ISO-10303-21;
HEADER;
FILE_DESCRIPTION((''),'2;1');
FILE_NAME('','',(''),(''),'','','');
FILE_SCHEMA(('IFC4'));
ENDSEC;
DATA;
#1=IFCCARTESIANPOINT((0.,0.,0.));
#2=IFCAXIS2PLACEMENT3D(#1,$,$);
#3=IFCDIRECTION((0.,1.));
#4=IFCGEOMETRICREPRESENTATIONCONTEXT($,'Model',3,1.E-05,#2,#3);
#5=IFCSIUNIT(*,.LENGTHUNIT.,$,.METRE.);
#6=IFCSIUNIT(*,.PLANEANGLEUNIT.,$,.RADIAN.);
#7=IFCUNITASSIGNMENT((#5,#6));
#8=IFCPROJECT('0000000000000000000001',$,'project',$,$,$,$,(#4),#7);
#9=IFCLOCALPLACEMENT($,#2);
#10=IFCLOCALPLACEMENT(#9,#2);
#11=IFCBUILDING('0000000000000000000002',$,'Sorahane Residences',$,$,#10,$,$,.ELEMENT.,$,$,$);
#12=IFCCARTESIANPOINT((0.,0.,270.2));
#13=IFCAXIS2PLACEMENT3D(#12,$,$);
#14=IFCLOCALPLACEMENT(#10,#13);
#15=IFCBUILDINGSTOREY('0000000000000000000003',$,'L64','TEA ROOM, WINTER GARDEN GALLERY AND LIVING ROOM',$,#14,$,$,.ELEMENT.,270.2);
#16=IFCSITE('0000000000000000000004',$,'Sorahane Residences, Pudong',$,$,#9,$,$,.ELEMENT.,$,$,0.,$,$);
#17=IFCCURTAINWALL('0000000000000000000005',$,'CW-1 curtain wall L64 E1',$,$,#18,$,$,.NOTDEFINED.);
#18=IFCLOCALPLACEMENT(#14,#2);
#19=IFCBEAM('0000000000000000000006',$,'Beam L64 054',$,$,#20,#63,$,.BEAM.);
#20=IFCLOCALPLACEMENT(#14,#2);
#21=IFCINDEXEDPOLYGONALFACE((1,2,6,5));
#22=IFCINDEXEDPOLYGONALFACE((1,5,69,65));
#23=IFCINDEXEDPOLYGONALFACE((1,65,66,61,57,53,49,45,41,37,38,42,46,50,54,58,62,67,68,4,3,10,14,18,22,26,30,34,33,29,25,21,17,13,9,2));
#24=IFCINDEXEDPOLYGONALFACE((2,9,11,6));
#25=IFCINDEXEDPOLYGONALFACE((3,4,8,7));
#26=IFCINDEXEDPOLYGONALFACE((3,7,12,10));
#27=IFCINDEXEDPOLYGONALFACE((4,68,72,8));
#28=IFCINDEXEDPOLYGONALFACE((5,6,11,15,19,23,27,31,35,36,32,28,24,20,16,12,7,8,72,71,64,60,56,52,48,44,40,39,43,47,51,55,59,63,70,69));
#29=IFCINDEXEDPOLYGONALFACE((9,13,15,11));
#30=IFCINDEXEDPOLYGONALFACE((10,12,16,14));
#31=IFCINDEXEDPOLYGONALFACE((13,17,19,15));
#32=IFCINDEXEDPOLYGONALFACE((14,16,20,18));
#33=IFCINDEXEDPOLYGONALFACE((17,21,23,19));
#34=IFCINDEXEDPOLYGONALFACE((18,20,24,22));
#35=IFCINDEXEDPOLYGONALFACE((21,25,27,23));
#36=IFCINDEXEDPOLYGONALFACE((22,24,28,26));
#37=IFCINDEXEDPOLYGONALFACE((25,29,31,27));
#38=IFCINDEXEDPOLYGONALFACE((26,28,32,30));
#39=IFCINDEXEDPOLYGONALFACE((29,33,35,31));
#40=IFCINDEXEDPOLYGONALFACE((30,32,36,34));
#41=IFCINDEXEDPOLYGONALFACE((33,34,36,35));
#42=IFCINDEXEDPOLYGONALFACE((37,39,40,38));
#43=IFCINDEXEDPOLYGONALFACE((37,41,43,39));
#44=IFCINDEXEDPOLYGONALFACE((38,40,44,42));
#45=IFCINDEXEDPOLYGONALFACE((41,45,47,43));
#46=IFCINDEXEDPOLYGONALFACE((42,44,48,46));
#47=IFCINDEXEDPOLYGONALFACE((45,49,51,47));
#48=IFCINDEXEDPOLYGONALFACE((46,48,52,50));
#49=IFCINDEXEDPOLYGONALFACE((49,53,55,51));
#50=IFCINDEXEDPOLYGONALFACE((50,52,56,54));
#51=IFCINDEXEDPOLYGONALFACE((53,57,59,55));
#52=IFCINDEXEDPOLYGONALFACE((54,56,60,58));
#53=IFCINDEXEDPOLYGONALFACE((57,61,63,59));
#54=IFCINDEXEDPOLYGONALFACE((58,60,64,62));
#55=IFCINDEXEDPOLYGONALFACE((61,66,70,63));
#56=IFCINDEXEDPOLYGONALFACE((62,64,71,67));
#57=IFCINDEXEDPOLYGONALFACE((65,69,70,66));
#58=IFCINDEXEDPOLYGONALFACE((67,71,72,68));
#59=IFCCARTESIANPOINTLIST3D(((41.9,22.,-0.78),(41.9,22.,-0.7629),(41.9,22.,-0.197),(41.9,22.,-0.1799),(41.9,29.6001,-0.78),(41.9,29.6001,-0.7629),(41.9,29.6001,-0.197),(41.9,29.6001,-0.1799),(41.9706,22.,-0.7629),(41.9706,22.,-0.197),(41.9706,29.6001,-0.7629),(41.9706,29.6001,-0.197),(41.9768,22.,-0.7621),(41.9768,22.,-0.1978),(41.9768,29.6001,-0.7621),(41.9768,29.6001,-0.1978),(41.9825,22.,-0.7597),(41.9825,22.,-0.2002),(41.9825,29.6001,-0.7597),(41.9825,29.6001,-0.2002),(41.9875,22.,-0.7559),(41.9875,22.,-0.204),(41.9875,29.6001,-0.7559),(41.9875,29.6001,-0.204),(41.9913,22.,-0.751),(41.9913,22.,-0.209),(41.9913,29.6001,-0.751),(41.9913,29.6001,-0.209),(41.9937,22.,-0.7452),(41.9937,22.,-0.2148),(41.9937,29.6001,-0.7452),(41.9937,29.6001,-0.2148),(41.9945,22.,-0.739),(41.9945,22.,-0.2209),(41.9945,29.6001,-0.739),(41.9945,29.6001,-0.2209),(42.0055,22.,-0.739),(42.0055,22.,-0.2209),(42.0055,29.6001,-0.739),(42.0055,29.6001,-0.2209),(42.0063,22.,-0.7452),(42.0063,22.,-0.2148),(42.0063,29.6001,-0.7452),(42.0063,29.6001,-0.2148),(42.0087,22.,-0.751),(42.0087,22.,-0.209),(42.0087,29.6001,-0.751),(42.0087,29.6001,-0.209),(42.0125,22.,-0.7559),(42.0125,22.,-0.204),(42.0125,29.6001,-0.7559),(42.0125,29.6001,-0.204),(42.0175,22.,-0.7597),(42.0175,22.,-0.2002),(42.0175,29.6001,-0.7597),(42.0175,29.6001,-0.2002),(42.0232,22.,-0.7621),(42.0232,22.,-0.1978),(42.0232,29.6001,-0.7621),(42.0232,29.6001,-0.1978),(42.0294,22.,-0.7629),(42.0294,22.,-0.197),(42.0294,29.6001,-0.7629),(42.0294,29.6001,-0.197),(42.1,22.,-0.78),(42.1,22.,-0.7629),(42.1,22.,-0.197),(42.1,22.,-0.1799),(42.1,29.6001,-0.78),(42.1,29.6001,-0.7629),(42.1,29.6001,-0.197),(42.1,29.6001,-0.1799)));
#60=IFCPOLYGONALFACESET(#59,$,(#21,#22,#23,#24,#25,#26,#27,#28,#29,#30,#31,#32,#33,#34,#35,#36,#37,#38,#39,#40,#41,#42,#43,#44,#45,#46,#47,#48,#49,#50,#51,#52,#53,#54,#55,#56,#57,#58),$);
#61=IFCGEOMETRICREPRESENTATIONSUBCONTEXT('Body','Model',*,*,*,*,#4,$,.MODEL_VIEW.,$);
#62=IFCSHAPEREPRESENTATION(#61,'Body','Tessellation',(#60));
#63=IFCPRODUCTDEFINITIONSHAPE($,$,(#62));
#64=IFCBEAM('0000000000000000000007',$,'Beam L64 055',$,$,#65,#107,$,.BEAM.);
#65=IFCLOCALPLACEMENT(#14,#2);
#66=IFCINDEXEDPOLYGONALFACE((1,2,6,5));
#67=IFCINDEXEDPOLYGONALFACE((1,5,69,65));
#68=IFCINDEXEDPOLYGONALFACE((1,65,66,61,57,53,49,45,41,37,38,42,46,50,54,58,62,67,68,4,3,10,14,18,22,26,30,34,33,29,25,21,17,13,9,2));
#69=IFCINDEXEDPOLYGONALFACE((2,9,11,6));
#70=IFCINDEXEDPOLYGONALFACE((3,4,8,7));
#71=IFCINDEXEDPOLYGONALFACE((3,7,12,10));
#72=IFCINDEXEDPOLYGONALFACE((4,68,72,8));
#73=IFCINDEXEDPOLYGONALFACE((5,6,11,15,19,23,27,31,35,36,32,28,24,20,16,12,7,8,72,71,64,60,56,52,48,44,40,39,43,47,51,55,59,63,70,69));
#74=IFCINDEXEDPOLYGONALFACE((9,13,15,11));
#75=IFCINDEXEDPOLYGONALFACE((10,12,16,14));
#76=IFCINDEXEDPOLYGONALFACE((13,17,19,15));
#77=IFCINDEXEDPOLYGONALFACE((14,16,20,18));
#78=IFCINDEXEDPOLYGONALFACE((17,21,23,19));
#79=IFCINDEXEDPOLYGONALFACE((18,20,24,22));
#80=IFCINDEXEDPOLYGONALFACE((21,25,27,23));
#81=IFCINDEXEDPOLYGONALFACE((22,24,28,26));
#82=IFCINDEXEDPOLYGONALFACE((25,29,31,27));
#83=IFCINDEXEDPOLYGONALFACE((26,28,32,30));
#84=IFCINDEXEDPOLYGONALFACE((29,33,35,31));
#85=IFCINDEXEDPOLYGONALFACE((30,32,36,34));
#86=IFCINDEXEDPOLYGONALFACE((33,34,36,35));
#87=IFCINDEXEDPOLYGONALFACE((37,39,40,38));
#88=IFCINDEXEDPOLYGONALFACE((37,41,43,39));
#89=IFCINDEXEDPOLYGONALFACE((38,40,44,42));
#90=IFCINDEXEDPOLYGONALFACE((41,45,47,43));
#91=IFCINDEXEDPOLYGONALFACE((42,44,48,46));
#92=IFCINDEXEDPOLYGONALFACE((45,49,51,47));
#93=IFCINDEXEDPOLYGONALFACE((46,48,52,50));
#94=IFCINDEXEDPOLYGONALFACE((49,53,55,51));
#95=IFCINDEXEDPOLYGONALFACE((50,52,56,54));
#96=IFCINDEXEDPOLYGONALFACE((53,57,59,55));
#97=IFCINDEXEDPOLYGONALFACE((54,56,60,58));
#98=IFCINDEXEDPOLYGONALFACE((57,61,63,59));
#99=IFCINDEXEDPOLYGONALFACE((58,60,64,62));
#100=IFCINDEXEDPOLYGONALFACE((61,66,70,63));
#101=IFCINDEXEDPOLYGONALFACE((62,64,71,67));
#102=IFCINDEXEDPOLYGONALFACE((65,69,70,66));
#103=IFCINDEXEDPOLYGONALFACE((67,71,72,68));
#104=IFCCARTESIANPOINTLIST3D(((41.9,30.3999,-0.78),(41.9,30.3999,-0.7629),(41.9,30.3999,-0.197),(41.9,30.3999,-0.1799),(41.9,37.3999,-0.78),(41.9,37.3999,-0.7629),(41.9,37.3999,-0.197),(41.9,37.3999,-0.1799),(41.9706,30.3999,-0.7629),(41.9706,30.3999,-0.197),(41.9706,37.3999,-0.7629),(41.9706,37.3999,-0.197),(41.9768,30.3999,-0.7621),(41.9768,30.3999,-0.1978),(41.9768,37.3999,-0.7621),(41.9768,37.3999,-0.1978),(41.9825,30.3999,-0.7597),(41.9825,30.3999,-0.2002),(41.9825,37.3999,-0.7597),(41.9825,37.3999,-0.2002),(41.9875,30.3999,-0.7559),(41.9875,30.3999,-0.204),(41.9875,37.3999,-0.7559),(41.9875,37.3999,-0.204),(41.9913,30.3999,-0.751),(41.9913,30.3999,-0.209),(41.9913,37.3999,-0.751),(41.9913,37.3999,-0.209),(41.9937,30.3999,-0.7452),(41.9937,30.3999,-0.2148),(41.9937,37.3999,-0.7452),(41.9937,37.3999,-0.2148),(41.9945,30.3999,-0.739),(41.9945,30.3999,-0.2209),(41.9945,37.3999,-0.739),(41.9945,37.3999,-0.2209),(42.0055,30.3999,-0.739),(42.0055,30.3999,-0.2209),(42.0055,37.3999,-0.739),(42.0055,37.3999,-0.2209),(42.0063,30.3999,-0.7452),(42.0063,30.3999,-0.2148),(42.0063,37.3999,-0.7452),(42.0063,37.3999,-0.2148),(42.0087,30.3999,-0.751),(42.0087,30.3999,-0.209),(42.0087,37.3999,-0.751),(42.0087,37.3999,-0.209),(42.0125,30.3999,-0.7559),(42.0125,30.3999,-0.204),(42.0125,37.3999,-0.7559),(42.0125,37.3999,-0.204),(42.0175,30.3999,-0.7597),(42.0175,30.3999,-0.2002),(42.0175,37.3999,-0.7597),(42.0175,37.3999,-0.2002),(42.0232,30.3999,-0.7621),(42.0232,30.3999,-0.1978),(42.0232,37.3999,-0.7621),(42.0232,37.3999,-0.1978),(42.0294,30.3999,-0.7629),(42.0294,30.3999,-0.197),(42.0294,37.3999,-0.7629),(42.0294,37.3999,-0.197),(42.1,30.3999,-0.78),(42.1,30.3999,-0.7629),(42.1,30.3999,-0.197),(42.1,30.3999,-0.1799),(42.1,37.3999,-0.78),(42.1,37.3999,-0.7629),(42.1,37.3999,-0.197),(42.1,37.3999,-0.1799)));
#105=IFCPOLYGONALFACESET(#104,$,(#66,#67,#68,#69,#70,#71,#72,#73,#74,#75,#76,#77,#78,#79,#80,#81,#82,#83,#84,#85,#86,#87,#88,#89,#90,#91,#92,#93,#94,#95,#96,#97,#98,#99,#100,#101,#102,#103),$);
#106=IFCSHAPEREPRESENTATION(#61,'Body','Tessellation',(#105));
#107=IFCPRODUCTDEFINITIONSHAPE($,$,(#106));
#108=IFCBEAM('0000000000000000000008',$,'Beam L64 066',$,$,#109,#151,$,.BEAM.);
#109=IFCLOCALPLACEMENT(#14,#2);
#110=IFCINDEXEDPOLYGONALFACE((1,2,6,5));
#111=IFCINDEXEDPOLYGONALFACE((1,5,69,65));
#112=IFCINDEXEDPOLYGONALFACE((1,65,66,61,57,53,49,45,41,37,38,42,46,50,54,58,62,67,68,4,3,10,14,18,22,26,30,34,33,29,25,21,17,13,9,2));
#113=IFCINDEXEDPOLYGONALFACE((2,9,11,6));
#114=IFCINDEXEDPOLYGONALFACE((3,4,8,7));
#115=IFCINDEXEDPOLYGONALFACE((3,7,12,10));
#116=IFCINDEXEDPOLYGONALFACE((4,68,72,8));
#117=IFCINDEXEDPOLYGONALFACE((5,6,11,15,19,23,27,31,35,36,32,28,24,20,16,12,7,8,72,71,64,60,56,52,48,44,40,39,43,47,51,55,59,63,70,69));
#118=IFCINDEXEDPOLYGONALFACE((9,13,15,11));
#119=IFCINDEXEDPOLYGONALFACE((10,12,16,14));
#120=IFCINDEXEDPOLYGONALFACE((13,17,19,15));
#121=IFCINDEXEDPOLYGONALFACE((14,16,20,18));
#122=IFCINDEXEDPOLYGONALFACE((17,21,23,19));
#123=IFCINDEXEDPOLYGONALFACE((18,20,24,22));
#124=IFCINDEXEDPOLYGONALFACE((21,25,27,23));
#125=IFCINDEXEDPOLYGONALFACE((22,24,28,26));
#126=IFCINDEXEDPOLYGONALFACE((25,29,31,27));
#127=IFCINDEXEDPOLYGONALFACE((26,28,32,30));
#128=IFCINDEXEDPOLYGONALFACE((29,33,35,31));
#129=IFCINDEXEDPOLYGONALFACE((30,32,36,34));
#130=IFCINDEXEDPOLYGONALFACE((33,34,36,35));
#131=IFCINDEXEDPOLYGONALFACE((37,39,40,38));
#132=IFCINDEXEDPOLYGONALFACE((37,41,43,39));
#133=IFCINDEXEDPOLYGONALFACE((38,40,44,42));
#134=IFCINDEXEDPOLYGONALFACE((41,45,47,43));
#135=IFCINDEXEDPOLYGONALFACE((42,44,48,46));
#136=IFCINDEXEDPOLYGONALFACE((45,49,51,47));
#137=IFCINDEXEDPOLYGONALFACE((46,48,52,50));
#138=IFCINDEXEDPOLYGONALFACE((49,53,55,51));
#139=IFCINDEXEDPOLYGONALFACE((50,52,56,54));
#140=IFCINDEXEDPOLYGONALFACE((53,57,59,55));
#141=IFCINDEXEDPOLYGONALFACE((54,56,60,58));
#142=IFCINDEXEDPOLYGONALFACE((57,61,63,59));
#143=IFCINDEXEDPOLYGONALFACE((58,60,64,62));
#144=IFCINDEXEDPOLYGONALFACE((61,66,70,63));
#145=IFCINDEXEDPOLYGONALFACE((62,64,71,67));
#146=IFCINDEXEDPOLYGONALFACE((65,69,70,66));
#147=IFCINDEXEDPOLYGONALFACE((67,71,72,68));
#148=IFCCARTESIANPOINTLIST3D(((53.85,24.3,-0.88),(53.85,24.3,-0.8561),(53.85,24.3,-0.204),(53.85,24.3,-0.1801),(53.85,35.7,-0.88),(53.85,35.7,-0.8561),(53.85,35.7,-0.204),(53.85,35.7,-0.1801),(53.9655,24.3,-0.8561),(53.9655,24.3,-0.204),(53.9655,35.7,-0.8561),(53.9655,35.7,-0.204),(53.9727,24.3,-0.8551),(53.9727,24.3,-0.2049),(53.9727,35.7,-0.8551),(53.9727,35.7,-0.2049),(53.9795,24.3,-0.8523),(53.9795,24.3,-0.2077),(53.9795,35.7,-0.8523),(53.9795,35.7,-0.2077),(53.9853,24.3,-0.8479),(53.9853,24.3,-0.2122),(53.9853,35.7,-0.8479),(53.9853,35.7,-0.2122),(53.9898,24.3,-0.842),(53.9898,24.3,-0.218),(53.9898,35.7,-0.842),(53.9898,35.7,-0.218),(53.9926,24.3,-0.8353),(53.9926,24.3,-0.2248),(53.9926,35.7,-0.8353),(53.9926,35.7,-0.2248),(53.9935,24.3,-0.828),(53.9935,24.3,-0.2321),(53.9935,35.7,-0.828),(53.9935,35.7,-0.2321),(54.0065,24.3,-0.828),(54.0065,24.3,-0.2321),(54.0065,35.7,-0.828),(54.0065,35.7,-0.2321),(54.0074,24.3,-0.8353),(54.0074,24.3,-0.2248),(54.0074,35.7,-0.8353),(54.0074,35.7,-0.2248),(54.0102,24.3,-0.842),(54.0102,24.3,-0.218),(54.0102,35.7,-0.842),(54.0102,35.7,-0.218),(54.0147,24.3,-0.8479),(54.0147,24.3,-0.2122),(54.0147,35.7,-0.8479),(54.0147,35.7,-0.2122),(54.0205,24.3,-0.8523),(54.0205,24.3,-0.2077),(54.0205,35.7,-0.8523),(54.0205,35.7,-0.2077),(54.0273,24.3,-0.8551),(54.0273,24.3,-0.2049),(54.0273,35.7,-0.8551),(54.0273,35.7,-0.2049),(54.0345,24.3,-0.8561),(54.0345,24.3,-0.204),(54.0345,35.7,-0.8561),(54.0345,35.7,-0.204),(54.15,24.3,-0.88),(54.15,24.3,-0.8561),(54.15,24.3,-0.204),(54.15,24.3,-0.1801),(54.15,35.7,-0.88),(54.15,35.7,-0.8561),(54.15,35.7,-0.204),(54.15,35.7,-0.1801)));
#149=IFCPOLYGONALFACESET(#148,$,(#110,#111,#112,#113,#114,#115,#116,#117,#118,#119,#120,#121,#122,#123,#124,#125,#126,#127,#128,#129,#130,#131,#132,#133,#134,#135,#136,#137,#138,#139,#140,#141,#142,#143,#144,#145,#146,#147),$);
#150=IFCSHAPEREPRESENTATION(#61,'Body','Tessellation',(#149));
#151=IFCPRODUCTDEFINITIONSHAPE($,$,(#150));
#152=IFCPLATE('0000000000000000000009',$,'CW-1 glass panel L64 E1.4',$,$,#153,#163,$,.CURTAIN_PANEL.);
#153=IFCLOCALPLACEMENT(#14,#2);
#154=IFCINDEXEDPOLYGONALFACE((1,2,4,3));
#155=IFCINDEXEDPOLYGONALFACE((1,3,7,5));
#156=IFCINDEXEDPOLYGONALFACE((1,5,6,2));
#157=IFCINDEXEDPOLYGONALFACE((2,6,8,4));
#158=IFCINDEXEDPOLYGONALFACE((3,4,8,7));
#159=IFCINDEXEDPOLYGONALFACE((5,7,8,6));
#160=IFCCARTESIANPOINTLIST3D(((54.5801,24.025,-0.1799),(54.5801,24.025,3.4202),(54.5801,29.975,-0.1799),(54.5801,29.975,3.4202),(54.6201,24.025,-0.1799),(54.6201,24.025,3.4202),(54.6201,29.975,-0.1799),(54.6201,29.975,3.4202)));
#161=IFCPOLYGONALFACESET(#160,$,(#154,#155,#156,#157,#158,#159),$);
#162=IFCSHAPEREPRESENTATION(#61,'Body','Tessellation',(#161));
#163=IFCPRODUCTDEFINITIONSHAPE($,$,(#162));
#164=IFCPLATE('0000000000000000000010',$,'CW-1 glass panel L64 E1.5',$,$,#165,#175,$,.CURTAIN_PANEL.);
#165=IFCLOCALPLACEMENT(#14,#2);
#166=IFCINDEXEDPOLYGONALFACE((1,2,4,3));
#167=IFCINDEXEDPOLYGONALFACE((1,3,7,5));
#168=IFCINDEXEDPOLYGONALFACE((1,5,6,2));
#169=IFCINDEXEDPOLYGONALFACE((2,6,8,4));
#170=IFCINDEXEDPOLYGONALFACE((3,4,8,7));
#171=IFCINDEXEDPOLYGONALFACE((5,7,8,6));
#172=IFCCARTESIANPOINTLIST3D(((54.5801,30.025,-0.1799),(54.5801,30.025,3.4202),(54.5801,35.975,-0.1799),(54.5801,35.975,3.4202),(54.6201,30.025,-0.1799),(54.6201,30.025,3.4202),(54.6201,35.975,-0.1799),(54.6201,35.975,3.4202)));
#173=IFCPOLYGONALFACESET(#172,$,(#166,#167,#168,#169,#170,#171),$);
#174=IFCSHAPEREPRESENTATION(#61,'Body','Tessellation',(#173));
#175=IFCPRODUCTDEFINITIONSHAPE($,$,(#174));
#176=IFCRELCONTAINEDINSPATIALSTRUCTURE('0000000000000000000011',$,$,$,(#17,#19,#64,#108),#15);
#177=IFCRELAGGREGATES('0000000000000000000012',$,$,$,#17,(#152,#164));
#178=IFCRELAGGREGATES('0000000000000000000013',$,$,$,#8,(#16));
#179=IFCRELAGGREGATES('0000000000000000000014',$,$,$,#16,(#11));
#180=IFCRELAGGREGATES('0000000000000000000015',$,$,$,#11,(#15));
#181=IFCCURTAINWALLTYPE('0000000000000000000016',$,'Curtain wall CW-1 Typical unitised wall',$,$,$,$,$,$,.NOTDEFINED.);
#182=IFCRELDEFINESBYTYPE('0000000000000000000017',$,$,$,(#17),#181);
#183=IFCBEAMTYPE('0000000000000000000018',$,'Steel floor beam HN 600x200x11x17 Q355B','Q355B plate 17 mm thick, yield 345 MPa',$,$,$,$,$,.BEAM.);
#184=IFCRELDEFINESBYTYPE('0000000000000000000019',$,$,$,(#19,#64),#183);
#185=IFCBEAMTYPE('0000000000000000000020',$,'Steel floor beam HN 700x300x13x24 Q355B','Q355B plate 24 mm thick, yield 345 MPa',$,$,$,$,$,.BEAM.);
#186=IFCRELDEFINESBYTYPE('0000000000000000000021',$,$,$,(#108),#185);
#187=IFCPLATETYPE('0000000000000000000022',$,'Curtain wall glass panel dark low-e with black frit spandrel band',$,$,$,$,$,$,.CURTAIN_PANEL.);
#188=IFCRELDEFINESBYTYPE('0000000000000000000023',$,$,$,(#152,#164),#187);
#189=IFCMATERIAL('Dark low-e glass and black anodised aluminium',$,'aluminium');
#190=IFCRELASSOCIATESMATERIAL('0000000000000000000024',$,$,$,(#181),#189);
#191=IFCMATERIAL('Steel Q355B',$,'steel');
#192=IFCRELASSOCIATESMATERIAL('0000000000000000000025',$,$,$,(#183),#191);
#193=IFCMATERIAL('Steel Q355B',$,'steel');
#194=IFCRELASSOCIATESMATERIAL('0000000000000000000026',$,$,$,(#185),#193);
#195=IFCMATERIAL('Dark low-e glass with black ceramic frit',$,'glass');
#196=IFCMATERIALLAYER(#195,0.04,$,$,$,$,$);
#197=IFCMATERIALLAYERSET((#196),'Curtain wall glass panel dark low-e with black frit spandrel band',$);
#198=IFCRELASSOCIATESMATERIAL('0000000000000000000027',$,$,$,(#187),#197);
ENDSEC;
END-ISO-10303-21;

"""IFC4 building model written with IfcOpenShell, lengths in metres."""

from ifc_helpers import new_model, si_unit, direction, frame, origin, origin_2d, place, context, subcontext, project, spatial, rectangle, i_section, extrude, material, layer, layer_set, material_profile, profile_set, type_object, element, aggregate, save


model = new_model("IFC4")

# Units and contexts
model_context = context("Model", 3, precision=1e-05, world=origin(), true_north=direction((0.0, 1.0)))
body_context = subcontext(model_context, "Body", "Model", "MODEL_VIEW")
ifc_project = project(units=[si_unit("LENGTHUNIT", "METRE"), si_unit("PLANEANGLEUNIT", "RADIAN")], contexts=[model_context])

# Site, building, storey
site_placement = place(None, origin())
site = spatial("IfcSite", under=ifc_project, at=site_placement, Name="Sorahane Residences, Pudong", CompositionType="ELEMENT", RefElevation=0.0)
building_placement = place(site_placement, origin())
building = spatial("IfcBuilding", under=site, at=building_placement, Name="Sorahane Residences", CompositionType="ELEMENT")
storey_placement = place(building_placement, frame((0.0, 0.0, 270.2)))
storey = spatial("IfcBuildingStorey", under=building, at=storey_placement, Name="L64", Description="TEA ROOM, WINTER GARDEN GALLERY AND LIVING ROOM", CompositionType="ELEMENT", Elevation=270.2)

# Curtain wall
ifc_material_1 = material(Name="Dark low-e glass and black anodised aluminium", Category="aluminium")
curtain_wall_type = type_object("IfcCurtainWallType", Name="Curtain wall CW-1 Typical unitised wall", PredefinedType="NOTDEFINED", material=ifc_material_1)
curtain_wall_placement = place(storey_placement, origin())
curtain_wall = element("IfcCurtainWall", 1, at=curtain_wall_placement, inside=storey, type_object=curtain_wall_type, Name="CW-1 curtain wall L64 E1", PredefinedType="NOTDEFINED")

# Beams
ifc_material_2 = material(Name="Steel Q355B", Category="steel")
ifc_material_profile_1 = material_profile(ifc_material_2, i_section(OverallWidth=0.2, OverallDepth=0.6001, WebThickness=0.011, FlangeThickness=0.0171, FilletRadius=0.0239, at=origin_2d()), Name="HN 600x200x11x17")
ifc_profile_set_1 = profile_set([ifc_material_profile_1], Name="Steel Q355B")
beam_type_1 = type_object("IfcBeamType", Name="Steel floor beam HN 600x200x11x17 Q355B", Description="Q355B plate 17 mm thick, yield 345 MPa", PredefinedType="BEAM", material=ifc_profile_set_1)
beam_1_placement = place(storey_placement, frame((42.0, 22.0, -0.48), z_axis=(0.0, 1.0, 0.0), x_axis=(-1.0, 0.0, 0.0)))
element("IfcBeam", 2, at=beam_1_placement, inside=storey, type_object=beam_type_1, Name="Beam L64 054", PredefinedType="BEAM", context=body_context, shape_type="SweptSolid", body=[
    extrude(i_section(OverallWidth=0.2, OverallDepth=0.6001, WebThickness=0.011, FlangeThickness=0.0171, FilletRadius=0.0239, at=origin_2d()), origin(), (0.0, 0.0, 1.0), 7.6001),
])
beam_2_placement = place(storey_placement, frame((42.0, 30.3999, -0.48), z_axis=(0.0, 1.0, 0.0), x_axis=(-1.0, 0.0, 0.0)))
element("IfcBeam", 3, at=beam_2_placement, inside=storey, type_object=beam_type_1, Name="Beam L64 055", PredefinedType="BEAM", context=body_context, shape_type="SweptSolid", body=[
    extrude(i_section(OverallWidth=0.2, OverallDepth=0.6001, WebThickness=0.011, FlangeThickness=0.0171, FilletRadius=0.0239, at=origin_2d()), origin(), (0.0, 0.0, 1.0), 7.0),
])
ifc_material_3 = material(Name="Steel Q355B", Category="steel")
ifc_material_profile_2 = material_profile(ifc_material_3, i_section(OverallWidth=0.3, OverallDepth=0.7, WebThickness=0.0129, FlangeThickness=0.0239, FilletRadius=0.0281, at=origin_2d()), Name="HN 700x300x13x24")
ifc_profile_set_2 = profile_set([ifc_material_profile_2], Name="Steel Q355B")
beam_type_2 = type_object("IfcBeamType", Name="Steel floor beam HN 700x300x13x24 Q355B", Description="Q355B plate 24 mm thick, yield 345 MPa", PredefinedType="BEAM", material=ifc_profile_set_2)
beam_3_placement = place(storey_placement, frame((54.0, 24.3, -0.53), z_axis=(0.0, 1.0, 0.0), x_axis=(-1.0, 0.0, 0.0)))
element("IfcBeam", 4, at=beam_3_placement, inside=storey, type_object=beam_type_2, Name="Beam L64 066", PredefinedType="BEAM", context=body_context, shape_type="SweptSolid", body=[
    extrude(i_section(OverallWidth=0.3, OverallDepth=0.7, WebThickness=0.0129, FlangeThickness=0.0239, FilletRadius=0.0281, at=origin_2d()), origin(), (0.0, 0.0, 1.0), 11.3999),
])

# Plates
ifc_material_4 = material(Name="Dark low-e glass with black ceramic frit", Category="glass")
ifc_layer_1 = layer(ifc_material_4, 0.04)
ifc_layer_set_1 = layer_set([ifc_layer_1], Name="Curtain wall glass panel dark low-e with black frit spandrel band")
plate_type = type_object("IfcPlateType", Name="Curtain wall glass panel dark low-e with black frit spandrel band", PredefinedType="CURTAIN_PANEL", material=ifc_layer_set_1)
plate_1_placement = place(storey_placement, frame((54.6001, 27.0, -0.1799), z_axis=(0.0, 0.0, 1.0), x_axis=(0.0, 1.0, 0.0)))
plate_1 = element("IfcPlate", 5, at=plate_1_placement, type_object=plate_type, Name="CW-1 glass panel L64 E1.4", PredefinedType="CURTAIN_PANEL", context=body_context, shape_type="SweptSolid", body=[
    extrude(rectangle(XDim=5.95, YDim=0.04, at=origin_2d()), origin(), (0.0, 0.0, 1.0), 3.6001),
])
plate_2_placement = place(storey_placement, frame((54.6001, 33.0, -0.1799), z_axis=(0.0, 0.0, 1.0), x_axis=(0.0, 1.0, 0.0)))
plate_2 = element("IfcPlate", 6, at=plate_2_placement, type_object=plate_type, Name="CW-1 glass panel L64 E1.5", PredefinedType="CURTAIN_PANEL", context=body_context, shape_type="SweptSolid", body=[
    extrude(rectangle(XDim=5.95, YDim=0.04, at=origin_2d()), origin(), (0.0, 0.0, 1.0), 3.6001),
])
aggregate(curtain_wall, [plate_1, plate_2])

save(model, "model.ifc")
